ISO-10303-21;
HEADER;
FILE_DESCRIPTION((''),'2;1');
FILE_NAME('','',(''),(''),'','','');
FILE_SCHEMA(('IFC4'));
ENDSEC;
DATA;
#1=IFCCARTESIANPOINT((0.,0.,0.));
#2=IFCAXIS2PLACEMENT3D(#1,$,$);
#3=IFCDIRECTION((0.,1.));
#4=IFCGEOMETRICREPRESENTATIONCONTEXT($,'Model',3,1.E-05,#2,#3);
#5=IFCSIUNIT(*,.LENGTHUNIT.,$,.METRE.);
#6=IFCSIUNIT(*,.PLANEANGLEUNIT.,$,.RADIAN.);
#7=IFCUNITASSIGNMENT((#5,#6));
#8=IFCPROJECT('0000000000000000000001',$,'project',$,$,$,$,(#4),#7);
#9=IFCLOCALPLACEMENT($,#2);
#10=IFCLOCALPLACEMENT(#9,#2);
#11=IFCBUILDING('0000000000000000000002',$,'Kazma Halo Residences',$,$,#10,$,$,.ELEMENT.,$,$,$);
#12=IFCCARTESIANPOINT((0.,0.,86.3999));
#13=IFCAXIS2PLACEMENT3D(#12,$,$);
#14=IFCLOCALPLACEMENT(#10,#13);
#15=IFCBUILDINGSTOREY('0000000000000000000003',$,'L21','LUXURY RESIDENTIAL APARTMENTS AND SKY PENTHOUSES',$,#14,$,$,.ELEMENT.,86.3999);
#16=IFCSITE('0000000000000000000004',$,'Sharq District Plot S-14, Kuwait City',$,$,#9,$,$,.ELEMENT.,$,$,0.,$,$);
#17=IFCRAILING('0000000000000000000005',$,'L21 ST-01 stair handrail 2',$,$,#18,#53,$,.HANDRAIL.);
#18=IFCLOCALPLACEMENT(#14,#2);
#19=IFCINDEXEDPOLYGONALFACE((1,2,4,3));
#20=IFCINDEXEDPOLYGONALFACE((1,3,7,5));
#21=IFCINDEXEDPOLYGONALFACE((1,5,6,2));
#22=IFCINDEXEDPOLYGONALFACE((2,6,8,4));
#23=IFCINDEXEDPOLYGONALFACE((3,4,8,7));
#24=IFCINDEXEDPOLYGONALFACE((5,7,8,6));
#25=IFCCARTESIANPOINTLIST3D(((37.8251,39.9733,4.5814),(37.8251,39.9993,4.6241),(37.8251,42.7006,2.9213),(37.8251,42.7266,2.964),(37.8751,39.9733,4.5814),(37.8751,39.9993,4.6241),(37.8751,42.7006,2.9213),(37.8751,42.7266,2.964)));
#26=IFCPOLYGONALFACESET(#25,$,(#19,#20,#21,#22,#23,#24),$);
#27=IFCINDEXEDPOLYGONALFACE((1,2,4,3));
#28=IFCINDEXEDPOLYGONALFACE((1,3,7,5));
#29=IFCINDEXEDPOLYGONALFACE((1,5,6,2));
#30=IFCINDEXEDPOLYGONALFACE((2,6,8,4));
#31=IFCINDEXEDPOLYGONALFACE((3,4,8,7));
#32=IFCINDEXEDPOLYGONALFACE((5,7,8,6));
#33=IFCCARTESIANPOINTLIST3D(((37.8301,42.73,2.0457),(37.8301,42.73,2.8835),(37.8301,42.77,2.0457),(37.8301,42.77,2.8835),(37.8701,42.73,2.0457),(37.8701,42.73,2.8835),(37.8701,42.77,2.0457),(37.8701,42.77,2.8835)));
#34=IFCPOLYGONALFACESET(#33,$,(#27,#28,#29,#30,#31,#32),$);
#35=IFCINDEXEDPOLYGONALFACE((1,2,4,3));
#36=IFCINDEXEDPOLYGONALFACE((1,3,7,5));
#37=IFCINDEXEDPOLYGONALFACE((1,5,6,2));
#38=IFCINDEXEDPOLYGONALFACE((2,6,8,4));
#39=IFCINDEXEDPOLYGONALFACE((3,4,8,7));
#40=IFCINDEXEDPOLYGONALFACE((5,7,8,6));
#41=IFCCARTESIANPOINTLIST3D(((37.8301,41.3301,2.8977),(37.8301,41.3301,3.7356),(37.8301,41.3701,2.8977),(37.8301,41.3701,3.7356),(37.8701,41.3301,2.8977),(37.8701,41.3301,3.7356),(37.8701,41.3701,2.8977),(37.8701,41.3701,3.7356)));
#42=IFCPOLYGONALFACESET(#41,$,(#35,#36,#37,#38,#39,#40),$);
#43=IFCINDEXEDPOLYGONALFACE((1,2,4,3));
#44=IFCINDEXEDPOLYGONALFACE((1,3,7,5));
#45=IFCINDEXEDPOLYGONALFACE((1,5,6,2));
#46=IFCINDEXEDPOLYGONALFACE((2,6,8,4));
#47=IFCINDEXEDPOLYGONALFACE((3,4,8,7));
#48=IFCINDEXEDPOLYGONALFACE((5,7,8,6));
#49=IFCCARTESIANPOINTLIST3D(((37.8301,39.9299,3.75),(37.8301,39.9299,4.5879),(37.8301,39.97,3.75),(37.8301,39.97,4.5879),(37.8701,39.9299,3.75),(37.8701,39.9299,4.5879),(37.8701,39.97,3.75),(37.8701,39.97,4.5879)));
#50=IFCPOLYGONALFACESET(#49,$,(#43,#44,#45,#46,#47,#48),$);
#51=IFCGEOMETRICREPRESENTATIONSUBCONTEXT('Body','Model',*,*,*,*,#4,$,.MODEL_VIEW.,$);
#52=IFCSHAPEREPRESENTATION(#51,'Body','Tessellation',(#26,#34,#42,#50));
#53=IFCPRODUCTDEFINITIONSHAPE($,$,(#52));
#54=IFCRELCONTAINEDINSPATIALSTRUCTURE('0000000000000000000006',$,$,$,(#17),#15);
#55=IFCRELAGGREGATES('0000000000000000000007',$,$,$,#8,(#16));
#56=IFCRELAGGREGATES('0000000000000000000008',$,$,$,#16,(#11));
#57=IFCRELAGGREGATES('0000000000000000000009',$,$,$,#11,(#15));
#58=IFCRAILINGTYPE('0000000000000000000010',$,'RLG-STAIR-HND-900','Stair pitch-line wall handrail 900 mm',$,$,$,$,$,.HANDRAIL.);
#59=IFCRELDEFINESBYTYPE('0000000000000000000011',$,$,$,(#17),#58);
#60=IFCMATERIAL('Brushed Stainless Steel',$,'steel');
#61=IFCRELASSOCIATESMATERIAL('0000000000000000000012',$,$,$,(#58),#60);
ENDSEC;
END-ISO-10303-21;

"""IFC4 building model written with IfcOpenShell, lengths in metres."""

from ifc_helpers import new_model, si_unit, direction, frame, origin, origin_2d, place, context, subcontext, project, spatial, rectangle, extrude, material, type_object, element, save


model = new_model("IFC4")

# Units and contexts
model_context = context("Model", 3, precision=1e-05, world=origin(), true_north=direction((0.0, 1.0)))
body_context = subcontext(model_context, "Body", "Model", "MODEL_VIEW")
ifc_project = project(units=[si_unit("LENGTHUNIT", "METRE"), si_unit("PLANEANGLEUNIT", "RADIAN")], contexts=[model_context])

# Site, building, storey
site_placement = place(None, origin())
site = spatial("IfcSite", under=ifc_project, at=site_placement, Name="Sharq District Plot S-14, Kuwait City", CompositionType="ELEMENT", RefElevation=0.0)
building_placement = place(site_placement, origin())
building = spatial("IfcBuilding", under=site, at=building_placement, Name="Kazma Halo Residences", CompositionType="ELEMENT")
storey_placement = place(building_placement, frame((0.0, 0.0, 86.3999)))
storey = spatial("IfcBuildingStorey", under=building, at=storey_placement, Name="L21", Description="LUXURY RESIDENTIAL APARTMENTS AND SKY PENTHOUSES", CompositionType="ELEMENT", Elevation=86.3999)

# Railing
ifc_material_1 = material(Name="Brushed Stainless Steel", Category="steel")
railing_type_1 = type_object("IfcRailingType", Name="RLG-STAIR-HND-900", Description="Stair pitch-line wall handrail 900 mm", PredefinedType="HANDRAIL", material=ifc_material_1)
railing_1_placement = place(storey_placement, frame((37.8501, 42.75, 2.0457)))
element("IfcRailing", 1, at=railing_1_placement, inside=storey, type_object=railing_type_1, Name="L21 ST-01 stair handrail 2", PredefinedType="HANDRAIL", context=body_context, shape_type="SweptSolid", body=[
    extrude(rectangle(XDim=0.05, YDim=0.05, at=origin_2d()), frame((0.0, -0.0364, 0.897), z_axis=(0.0, -0.854203, 0.51994), x_axis=(1.0, 0.0, 0.0)), (0.0, 0.0, 1.0), 3.1929),
    extrude(rectangle(XDim=0.04, YDim=0.04, at=origin_2d()), origin(), (0.0, 0.0, 1.0), 0.8379),
    extrude(rectangle(XDim=0.04, YDim=0.04, at=origin_2d()), frame((0.0, -1.3999, 0.8521)), (0.0, 0.0, 1.0), 0.8379),
    extrude(rectangle(XDim=0.04, YDim=0.04, at=origin_2d()), frame((0.0, -2.8, 1.7043)), (0.0, 0.0, 1.0), 0.8379),
])

save(model, "model.ifc")
